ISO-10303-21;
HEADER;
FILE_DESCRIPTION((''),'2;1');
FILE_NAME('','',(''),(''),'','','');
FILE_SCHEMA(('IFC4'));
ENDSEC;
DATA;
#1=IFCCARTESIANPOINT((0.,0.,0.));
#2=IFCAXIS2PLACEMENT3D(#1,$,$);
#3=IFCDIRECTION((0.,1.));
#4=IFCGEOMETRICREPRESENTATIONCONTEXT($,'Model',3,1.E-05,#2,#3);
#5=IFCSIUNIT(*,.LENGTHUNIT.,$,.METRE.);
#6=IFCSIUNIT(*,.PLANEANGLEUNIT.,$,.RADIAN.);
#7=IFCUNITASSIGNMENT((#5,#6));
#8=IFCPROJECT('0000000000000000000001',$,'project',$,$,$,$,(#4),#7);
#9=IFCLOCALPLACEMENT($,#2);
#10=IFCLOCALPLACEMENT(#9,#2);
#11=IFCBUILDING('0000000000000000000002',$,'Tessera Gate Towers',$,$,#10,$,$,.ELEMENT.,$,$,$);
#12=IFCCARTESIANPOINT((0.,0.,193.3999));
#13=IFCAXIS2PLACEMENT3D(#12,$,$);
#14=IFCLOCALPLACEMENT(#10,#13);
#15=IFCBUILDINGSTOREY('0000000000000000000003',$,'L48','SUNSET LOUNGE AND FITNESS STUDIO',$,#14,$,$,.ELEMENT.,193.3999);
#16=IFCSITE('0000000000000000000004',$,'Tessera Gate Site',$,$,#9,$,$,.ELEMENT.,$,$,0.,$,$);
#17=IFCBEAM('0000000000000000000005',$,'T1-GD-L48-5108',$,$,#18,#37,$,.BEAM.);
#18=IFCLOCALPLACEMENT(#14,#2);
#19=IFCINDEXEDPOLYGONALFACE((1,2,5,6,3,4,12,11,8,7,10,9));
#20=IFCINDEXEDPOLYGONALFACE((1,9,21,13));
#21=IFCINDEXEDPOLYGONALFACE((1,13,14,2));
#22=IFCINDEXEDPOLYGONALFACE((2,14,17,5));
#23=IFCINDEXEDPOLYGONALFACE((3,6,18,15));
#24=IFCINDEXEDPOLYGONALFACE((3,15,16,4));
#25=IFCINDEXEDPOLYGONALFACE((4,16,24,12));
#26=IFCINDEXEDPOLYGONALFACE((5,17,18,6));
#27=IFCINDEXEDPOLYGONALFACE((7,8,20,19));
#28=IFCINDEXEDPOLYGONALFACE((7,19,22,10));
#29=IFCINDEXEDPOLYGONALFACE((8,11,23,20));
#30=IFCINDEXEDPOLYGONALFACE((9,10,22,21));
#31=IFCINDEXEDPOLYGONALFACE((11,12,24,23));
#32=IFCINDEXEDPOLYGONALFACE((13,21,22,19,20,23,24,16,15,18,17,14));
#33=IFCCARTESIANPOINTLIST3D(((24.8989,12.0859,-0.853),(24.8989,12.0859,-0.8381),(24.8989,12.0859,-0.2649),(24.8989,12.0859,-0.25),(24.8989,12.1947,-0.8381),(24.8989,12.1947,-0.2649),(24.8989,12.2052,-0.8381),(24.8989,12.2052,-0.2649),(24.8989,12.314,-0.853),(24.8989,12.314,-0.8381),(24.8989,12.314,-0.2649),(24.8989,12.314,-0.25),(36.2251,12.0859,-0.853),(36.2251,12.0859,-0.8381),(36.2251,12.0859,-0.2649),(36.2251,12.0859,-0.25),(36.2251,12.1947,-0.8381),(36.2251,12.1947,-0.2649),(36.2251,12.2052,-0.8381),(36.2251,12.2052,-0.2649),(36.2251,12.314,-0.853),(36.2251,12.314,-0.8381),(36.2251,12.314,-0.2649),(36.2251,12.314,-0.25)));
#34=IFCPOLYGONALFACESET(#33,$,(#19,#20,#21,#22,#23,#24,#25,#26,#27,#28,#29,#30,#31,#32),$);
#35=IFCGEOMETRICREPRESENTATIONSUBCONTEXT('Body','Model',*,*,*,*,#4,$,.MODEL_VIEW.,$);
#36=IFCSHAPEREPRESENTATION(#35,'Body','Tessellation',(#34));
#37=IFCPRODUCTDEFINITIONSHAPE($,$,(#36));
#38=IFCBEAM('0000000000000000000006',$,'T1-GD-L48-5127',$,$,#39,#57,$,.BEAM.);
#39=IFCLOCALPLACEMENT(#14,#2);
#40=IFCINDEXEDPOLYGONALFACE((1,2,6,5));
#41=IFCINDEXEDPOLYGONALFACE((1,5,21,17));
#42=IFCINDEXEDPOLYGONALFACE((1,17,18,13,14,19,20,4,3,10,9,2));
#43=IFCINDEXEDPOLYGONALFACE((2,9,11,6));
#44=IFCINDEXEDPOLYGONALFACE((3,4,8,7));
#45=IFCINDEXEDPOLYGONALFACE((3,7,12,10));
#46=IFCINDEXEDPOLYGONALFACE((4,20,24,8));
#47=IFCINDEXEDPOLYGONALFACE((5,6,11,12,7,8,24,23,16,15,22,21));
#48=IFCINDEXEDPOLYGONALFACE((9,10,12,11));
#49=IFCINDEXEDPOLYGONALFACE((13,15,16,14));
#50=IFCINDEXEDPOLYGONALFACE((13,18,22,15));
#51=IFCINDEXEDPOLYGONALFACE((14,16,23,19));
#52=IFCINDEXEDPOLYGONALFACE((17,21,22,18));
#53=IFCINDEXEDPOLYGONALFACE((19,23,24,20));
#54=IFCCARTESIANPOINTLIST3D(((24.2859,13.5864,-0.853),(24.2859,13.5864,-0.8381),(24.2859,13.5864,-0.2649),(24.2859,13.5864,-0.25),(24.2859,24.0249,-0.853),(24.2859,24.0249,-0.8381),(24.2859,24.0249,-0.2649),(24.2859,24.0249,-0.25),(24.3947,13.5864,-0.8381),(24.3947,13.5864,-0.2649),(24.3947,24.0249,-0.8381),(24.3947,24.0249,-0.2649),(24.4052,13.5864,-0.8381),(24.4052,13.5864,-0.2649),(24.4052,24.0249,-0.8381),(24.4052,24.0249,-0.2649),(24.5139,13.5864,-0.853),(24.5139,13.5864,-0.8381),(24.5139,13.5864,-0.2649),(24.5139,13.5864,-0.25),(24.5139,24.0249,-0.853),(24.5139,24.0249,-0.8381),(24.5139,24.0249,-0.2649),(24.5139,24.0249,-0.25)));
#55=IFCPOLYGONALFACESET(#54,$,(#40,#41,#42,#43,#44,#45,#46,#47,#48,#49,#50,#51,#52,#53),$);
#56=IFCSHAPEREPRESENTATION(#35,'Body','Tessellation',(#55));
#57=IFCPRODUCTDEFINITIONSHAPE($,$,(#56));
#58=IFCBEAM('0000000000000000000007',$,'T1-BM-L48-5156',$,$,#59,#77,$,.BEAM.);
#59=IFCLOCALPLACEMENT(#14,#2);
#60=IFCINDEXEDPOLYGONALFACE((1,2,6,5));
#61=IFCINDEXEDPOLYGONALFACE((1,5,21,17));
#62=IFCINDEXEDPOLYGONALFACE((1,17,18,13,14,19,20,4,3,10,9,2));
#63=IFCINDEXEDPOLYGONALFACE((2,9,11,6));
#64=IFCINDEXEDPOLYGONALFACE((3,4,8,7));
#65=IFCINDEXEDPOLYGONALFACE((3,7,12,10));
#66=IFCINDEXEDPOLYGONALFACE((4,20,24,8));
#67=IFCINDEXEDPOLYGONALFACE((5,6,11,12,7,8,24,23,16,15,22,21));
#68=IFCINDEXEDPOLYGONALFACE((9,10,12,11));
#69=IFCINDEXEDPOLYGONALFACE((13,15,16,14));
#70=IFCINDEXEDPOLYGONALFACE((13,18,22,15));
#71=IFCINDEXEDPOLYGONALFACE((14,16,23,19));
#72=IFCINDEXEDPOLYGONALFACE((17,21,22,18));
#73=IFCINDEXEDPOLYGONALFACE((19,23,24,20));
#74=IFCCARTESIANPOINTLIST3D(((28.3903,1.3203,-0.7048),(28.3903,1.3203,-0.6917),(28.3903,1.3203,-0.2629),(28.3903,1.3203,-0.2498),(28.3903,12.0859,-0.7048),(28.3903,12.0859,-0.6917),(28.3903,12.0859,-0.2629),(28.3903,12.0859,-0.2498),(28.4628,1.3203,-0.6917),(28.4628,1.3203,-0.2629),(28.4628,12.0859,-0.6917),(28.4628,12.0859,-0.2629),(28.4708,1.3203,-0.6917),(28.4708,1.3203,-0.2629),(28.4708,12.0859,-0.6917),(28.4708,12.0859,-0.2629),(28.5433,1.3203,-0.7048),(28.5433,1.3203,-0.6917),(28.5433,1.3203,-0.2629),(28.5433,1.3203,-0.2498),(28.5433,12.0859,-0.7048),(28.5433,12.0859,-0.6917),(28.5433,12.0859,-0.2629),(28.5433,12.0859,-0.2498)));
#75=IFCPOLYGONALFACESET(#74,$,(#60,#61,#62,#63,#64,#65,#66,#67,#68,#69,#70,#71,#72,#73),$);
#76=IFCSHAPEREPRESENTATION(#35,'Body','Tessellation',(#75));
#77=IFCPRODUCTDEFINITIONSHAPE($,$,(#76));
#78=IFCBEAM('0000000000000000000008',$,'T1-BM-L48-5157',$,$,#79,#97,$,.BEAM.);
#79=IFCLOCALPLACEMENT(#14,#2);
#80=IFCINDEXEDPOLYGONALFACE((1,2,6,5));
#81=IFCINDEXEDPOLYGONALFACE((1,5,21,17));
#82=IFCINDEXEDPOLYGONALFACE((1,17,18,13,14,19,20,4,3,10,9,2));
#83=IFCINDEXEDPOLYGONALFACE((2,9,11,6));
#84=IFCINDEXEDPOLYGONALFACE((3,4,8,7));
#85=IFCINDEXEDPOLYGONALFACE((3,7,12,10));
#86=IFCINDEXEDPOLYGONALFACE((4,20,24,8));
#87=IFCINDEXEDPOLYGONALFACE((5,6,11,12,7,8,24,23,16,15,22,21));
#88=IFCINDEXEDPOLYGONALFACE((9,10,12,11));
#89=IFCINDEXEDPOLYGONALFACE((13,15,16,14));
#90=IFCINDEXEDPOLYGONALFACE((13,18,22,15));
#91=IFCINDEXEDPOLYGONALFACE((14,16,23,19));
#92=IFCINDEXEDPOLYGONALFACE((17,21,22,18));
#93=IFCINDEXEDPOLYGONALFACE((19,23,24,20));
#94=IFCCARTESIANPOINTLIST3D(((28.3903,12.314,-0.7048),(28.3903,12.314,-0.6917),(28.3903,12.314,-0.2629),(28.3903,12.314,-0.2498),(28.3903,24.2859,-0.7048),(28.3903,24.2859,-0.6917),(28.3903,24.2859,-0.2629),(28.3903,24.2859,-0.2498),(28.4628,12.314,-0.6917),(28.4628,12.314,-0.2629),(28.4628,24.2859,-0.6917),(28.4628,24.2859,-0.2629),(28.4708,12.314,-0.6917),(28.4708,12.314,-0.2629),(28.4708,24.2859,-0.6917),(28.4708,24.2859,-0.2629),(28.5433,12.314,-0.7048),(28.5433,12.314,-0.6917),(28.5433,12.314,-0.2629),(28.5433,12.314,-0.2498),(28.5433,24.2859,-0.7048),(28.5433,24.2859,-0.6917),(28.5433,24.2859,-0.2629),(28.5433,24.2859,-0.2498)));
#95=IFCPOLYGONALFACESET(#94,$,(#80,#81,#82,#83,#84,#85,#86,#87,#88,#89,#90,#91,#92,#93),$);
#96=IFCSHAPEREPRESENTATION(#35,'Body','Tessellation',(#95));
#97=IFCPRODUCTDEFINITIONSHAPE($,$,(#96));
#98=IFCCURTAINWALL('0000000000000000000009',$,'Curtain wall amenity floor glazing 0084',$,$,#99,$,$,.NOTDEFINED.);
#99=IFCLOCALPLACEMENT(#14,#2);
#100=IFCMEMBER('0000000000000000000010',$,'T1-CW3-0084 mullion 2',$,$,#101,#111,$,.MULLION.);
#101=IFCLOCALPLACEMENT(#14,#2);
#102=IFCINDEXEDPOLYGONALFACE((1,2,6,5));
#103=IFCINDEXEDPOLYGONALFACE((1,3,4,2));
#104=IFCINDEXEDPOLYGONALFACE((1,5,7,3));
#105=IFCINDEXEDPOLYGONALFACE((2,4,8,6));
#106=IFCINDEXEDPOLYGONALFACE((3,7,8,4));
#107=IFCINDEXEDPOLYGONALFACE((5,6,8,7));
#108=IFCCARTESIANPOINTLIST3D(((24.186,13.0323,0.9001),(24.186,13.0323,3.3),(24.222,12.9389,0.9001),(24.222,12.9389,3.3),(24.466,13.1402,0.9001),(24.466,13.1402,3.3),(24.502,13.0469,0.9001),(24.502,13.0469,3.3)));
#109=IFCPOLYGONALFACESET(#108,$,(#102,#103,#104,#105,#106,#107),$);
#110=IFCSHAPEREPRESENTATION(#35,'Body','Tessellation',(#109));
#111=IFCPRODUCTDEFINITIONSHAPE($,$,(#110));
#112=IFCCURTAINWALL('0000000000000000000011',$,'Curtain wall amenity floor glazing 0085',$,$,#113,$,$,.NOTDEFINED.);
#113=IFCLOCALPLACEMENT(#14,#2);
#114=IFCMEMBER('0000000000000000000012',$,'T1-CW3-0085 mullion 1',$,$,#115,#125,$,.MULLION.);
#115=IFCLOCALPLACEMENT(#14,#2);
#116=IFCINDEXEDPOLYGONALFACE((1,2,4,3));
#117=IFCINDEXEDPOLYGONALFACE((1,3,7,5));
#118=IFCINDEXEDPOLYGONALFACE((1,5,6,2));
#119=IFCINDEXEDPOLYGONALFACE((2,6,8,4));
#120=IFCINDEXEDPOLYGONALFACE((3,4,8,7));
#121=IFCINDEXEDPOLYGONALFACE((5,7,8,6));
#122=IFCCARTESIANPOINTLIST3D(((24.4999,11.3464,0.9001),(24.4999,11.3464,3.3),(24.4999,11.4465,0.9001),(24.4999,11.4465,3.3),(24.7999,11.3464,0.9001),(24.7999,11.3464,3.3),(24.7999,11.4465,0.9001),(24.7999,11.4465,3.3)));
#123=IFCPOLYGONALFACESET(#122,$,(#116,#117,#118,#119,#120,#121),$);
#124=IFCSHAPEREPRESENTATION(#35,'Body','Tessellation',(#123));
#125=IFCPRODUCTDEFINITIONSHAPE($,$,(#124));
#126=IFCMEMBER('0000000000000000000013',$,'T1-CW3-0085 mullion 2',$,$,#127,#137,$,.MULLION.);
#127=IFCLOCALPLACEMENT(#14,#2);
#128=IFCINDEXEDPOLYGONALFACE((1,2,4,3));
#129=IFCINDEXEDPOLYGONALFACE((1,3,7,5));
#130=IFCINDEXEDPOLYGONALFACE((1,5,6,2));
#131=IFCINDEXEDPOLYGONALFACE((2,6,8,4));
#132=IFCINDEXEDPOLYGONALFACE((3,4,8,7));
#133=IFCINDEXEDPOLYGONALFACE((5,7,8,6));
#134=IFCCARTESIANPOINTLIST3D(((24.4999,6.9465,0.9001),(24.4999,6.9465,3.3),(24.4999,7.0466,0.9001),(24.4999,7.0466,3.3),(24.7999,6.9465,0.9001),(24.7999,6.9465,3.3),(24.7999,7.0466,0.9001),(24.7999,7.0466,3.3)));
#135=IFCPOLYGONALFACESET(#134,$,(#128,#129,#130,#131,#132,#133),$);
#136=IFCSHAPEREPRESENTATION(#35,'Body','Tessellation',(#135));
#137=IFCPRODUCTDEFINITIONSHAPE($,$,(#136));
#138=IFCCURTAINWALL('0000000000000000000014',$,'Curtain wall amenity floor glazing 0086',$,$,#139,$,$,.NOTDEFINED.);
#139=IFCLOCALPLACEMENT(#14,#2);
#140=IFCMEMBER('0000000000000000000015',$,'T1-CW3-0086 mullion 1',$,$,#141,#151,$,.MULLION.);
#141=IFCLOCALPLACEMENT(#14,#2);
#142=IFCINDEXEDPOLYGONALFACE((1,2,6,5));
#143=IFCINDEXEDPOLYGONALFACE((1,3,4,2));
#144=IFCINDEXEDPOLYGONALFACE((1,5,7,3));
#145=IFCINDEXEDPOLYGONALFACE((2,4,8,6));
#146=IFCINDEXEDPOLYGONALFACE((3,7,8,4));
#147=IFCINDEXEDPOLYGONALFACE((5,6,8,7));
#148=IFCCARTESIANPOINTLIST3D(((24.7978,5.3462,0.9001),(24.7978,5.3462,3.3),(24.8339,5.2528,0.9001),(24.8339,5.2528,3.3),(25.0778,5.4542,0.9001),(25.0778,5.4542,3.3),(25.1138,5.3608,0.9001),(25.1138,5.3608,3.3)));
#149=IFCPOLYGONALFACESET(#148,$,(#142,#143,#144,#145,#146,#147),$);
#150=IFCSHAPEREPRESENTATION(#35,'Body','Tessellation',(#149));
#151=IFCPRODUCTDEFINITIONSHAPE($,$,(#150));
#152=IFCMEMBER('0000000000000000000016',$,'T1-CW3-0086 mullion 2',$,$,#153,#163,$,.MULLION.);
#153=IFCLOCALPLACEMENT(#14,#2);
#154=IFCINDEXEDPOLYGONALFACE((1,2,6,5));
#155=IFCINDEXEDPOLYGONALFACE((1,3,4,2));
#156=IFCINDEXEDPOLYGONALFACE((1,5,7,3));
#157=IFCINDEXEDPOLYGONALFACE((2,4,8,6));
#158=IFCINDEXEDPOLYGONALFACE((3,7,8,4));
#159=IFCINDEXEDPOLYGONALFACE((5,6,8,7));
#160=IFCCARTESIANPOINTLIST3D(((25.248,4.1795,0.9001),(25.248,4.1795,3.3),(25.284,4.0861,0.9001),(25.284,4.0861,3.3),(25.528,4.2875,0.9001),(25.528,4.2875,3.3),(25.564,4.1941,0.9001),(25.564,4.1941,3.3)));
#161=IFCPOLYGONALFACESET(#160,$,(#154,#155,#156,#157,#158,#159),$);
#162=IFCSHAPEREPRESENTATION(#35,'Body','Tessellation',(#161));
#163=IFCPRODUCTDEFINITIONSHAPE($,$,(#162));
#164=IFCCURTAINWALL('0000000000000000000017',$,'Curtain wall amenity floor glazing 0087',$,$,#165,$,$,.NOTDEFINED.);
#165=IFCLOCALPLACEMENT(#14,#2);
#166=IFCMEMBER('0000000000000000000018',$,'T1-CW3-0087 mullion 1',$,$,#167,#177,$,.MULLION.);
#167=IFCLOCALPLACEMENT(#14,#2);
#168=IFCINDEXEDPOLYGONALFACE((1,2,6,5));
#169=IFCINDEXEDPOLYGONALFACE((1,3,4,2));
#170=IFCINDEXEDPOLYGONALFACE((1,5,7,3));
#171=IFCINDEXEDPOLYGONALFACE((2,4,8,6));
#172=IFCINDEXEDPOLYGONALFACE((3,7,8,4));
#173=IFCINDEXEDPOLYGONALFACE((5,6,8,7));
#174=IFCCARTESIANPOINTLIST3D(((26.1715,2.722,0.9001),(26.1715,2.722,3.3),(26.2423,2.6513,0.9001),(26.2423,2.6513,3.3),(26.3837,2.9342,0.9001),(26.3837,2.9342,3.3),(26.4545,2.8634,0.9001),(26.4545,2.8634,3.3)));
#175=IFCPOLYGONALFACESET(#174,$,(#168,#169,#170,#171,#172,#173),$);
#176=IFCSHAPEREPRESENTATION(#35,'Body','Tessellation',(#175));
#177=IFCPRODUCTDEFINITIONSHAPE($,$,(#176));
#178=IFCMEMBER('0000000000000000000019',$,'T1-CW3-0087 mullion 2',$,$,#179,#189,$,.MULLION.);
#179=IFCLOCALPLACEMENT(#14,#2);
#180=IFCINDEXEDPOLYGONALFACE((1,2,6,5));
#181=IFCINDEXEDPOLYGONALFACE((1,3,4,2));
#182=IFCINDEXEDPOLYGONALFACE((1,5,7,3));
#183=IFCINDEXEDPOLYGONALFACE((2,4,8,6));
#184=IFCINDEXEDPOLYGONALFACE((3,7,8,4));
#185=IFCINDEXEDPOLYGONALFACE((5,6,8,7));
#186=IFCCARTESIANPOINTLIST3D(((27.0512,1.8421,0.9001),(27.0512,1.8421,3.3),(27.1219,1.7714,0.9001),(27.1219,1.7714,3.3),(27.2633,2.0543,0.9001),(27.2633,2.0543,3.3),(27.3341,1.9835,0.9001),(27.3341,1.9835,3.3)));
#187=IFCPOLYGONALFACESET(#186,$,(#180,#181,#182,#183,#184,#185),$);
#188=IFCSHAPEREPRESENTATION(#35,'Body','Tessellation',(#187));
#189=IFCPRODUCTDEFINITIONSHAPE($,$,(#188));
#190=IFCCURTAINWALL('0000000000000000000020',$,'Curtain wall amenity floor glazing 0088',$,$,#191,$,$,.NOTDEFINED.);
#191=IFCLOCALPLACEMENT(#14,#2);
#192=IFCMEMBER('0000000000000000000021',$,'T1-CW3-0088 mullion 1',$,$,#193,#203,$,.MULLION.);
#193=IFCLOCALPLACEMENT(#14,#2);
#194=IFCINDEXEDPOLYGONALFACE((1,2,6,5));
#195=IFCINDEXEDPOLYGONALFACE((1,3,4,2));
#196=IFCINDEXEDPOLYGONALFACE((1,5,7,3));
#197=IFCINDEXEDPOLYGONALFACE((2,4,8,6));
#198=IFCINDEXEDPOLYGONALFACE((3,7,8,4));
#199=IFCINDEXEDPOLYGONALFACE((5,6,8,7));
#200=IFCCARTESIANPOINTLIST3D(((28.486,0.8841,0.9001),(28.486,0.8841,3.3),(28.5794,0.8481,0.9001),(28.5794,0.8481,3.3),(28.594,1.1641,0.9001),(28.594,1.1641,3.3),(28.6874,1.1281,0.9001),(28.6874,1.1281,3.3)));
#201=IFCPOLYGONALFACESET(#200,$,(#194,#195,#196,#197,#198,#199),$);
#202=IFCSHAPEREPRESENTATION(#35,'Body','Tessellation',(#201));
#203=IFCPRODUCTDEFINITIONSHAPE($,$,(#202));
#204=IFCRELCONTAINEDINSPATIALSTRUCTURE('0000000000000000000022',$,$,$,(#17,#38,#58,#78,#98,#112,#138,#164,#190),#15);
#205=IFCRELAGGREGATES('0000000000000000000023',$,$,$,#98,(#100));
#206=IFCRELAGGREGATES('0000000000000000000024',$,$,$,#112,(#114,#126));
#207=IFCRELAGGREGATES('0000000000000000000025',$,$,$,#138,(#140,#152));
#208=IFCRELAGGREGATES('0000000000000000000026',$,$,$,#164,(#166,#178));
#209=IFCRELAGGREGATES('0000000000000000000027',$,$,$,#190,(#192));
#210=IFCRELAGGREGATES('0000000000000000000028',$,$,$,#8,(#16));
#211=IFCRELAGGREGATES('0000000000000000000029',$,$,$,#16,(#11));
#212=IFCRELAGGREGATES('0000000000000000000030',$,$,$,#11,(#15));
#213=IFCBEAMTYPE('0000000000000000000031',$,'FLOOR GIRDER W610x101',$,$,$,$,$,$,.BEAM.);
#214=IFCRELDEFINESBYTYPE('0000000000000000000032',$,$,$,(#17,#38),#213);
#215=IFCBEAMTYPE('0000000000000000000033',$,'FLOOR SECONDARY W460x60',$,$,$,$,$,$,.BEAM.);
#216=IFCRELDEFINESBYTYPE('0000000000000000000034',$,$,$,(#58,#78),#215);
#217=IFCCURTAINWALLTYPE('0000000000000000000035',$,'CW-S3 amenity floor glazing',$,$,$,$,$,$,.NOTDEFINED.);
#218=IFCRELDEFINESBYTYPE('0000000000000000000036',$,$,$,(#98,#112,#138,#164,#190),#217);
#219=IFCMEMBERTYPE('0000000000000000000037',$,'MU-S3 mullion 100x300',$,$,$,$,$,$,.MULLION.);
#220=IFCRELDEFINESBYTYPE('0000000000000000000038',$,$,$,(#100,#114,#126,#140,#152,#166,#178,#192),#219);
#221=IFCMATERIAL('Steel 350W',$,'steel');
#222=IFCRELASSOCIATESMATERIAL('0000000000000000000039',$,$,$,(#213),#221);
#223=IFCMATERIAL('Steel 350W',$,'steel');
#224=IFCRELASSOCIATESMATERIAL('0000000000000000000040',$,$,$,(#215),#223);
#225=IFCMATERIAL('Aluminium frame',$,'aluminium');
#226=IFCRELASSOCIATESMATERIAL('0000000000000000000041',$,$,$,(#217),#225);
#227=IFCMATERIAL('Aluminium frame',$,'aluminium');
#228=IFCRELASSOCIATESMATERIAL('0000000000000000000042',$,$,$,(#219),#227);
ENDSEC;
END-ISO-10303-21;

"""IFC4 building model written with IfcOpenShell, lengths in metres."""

from ifc_helpers import new_model, si_unit, direction, frame, origin, origin_2d, place, context, subcontext, project, spatial, rectangle, i_section, extrude, material, material_profile, profile_set, type_object, element, aggregate, save


model = new_model("IFC4")

# Units and contexts
model_context = context("Model", 3, precision=1e-05, world=origin(), true_north=direction((0.0, 1.0)))
body_context = subcontext(model_context, "Body", "Model", "MODEL_VIEW")
ifc_project = project(units=[si_unit("LENGTHUNIT", "METRE"), si_unit("PLANEANGLEUNIT", "RADIAN")], contexts=[model_context])

# Site, building, storey
site_placement = place(None, origin())
site = spatial("IfcSite", under=ifc_project, at=site_placement, Name="Tessera Gate Site", CompositionType="ELEMENT", RefElevation=0.0)
building_placement = place(site_placement, origin())
building = spatial("IfcBuilding", under=site, at=building_placement, Name="Tessera Gate Towers", CompositionType="ELEMENT")
storey_placement = place(building_placement, frame((0.0, 0.0, 193.3999)))
storey = spatial("IfcBuildingStorey", under=building, at=storey_placement, Name="L48", Description="SUNSET LOUNGE AND FITNESS STUDIO", CompositionType="ELEMENT", Elevation=193.3999)

# Beams
ifc_material_1 = material(Name="Steel 350W", Category="steel")
ifc_material_profile_1 = material_profile(ifc_material_1, i_section(OverallWidth=0.228, OverallDepth=0.603, WebThickness=0.0105, FlangeThickness=0.0149, at=origin_2d()), Name="W610x101")
ifc_profile_set_1 = profile_set([ifc_material_profile_1], Name="Steel 350W")
beam_type_1 = type_object("IfcBeamType", Name="FLOOR GIRDER W610x101", PredefinedType="BEAM", material=ifc_profile_set_1)
beam_1_placement = place(storey_placement, frame((24.8989, 12.2, -0.5515), z_axis=(1.0, 0.0, 0.0), x_axis=(0.0, 1.0, 0.0)))
element("IfcBeam", 1, at=beam_1_placement, inside=storey, type_object=beam_type_1, Name="T1-GD-L48-5108", PredefinedType="BEAM", context=body_context, shape_type="SweptSolid", body=[
    extrude(i_section(OverallWidth=0.228, OverallDepth=0.603, WebThickness=0.0105, FlangeThickness=0.0149, at=origin_2d()), origin(), (0.0, 0.0, 1.0), 11.3262),
])
beam_2_placement = place(storey_placement, frame((24.3999, 13.5864, -0.5515), z_axis=(0.0, 1.0, 0.0), x_axis=(-1.0, 0.0, 0.0)))
element("IfcBeam", 2, at=beam_2_placement, inside=storey, type_object=beam_type_1, Name="T1-GD-L48-5127", PredefinedType="BEAM", context=body_context, shape_type="SweptSolid", body=[
    extrude(i_section(OverallWidth=0.228, OverallDepth=0.603, WebThickness=0.0105, FlangeThickness=0.0149, at=origin_2d()), origin(), (0.0, 0.0, 1.0), 10.4385),
])
ifc_material_2 = material(Name="Steel 350W", Category="steel")
ifc_material_profile_2 = material_profile(ifc_material_2, i_section(OverallWidth=0.1531, OverallDepth=0.4551, WebThickness=0.0081, FlangeThickness=0.0132, at=origin_2d()), Name="W460x60")
ifc_profile_set_2 = profile_set([ifc_material_profile_2], Name="Steel 350W")
beam_type_2 = type_object("IfcBeamType", Name="FLOOR SECONDARY W460x60", PredefinedType="BEAM", material=ifc_profile_set_2)
beam_3_placement = place(storey_placement, frame((28.4668, 1.3203, -0.4773), z_axis=(0.0, 1.0, 0.0), x_axis=(-1.0, 0.0, 0.0)))
element("IfcBeam", 3, at=beam_3_placement, inside=storey, type_object=beam_type_2, Name="T1-BM-L48-5156", PredefinedType="BEAM", context=body_context, shape_type="SweptSolid", body=[
    extrude(i_section(OverallWidth=0.1531, OverallDepth=0.4551, WebThickness=0.0081, FlangeThickness=0.0132, at=origin_2d()), origin(), (0.0, 0.0, 1.0), 10.7656),
])
beam_4_placement = place(storey_placement, frame((28.4668, 12.314, -0.4773), z_axis=(0.0, 1.0, 0.0), x_axis=(-1.0, 0.0, 0.0)))
element("IfcBeam", 4, at=beam_4_placement, inside=storey, type_object=beam_type_2, Name="T1-BM-L48-5157", PredefinedType="BEAM", context=body_context, shape_type="SweptSolid", body=[
    extrude(i_section(OverallWidth=0.1531, OverallDepth=0.4551, WebThickness=0.0081, FlangeThickness=0.0132, at=origin_2d()), origin(), (0.0, 0.0, 1.0), 11.9719),
])

# Curtain wall, member
ifc_material_3 = material(Name="Aluminium frame", Category="aluminium")
curtain_wall_type = type_object("IfcCurtainWallType", Name="CW-S3 amenity floor glazing", PredefinedType="NOTDEFINED", material=ifc_material_3)
curtain_wall_1_placement = place(storey_placement, origin())
curtain_wall_1 = element("IfcCurtainWall", 5, at=curtain_wall_1_placement, inside=storey, type_object=curtain_wall_type, Name="Curtain wall amenity floor glazing 0084", PredefinedType="NOTDEFINED")
ifc_material_4 = material(Name="Aluminium frame", Category="aluminium")
ifc_material_profile_3 = material_profile(ifc_material_4, rectangle(XDim=0.1001, YDim=0.3, at=origin_2d()), Name="AL 100x300")
ifc_profile_set_3 = profile_set([ifc_material_profile_3], Name="Aluminium frame")
member_type_1 = type_object("IfcMemberType", Name="MU-S3 mullion 100x300", PredefinedType="MULLION", material=ifc_profile_set_3)
member_1_placement = place(storey_placement, frame((24.344, 13.0396, 0.9001), z_axis=(0.0, 0.0, 1.0), x_axis=(0.359904, -0.932989, 0.0)))
member_1 = element("IfcMember", 6, at=member_1_placement, type_object=member_type_1, Name="T1-CW3-0084 mullion 2", PredefinedType="MULLION", context=body_context, shape_type="SweptSolid", body=[
    extrude(rectangle(XDim=0.1001, YDim=0.3, at=origin_2d()), origin(), (0.0, 0.0, 1.0), 2.3999),
])

# Curtain walls, members
curtain_wall_2_placement = place(storey_placement, origin())
curtain_wall_2 = element("IfcCurtainWall", 7, at=curtain_wall_2_placement, inside=storey, type_object=curtain_wall_type, Name="Curtain wall amenity floor glazing 0085", PredefinedType="NOTDEFINED")
member_2_placement = place(storey_placement, frame((24.6499, 11.3965, 0.9001), z_axis=(0.0, 0.0, 1.0), x_axis=(0.0, -1.0, 0.0)))
member_2 = element("IfcMember", 8, at=member_2_placement, type_object=member_type_1, Name="T1-CW3-0085 mullion 1", PredefinedType="MULLION", context=body_context, shape_type="SweptSolid", body=[
    extrude(rectangle(XDim=0.1001, YDim=0.3, at=origin_2d()), origin(), (0.0, 0.0, 1.0), 2.3999),
])
member_3_placement = place(storey_placement, frame((24.6499, 6.9966, 0.9001), z_axis=(0.0, 0.0, 1.0), x_axis=(0.0, -1.0, 0.0)))
member_3 = element("IfcMember", 9, at=member_3_placement, type_object=member_type_1, Name="T1-CW3-0085 mullion 2", PredefinedType="MULLION", context=body_context, shape_type="SweptSolid", body=[
    extrude(rectangle(XDim=0.1001, YDim=0.3, at=origin_2d()), origin(), (0.0, 0.0, 1.0), 2.3999),
])
curtain_wall_3_placement = place(storey_placement, origin())
curtain_wall_3 = element("IfcCurtainWall", 10, at=curtain_wall_3_placement, inside=storey, type_object=curtain_wall_type, Name="Curtain wall amenity floor glazing 0086", PredefinedType="NOTDEFINED")
member_4_placement = place(storey_placement, frame((24.9558, 5.3535, 0.9001), z_axis=(0.0, 0.0, 1.0), x_axis=(0.359904, -0.932989, 0.0)))
member_4 = element("IfcMember", 11, at=member_4_placement, type_object=member_type_1, Name="T1-CW3-0086 mullion 1", PredefinedType="MULLION", context=body_context, shape_type="SweptSolid", body=[
    extrude(rectangle(XDim=0.1001, YDim=0.3, at=origin_2d()), origin(), (0.0, 0.0, 1.0), 2.3999),
])
member_5_placement = place(storey_placement, frame((25.406, 4.1868, 0.9001), z_axis=(0.0, 0.0, 1.0), x_axis=(0.359904, -0.932989, 0.0)))
member_5 = element("IfcMember", 12, at=member_5_placement, type_object=member_type_1, Name="T1-CW3-0086 mullion 2", PredefinedType="MULLION", context=body_context, shape_type="SweptSolid", body=[
    extrude(rectangle(XDim=0.1001, YDim=0.3, at=origin_2d()), origin(), (0.0, 0.0, 1.0), 2.3999),
])
curtain_wall_4_placement = place(storey_placement, origin())
curtain_wall_4 = element("IfcCurtainWall", 13, at=curtain_wall_4_placement, inside=storey, type_object=curtain_wall_type, Name="Curtain wall amenity floor glazing 0087", PredefinedType="NOTDEFINED")
member_6_placement = place(storey_placement, frame((26.313, 2.7927, 0.9001), z_axis=(0.0, 0.0, 1.0), x_axis=(0.707107, -0.707107, 0.0)))
member_6 = element("IfcMember", 14, at=member_6_placement, type_object=member_type_1, Name="T1-CW3-0087 mullion 1", PredefinedType="MULLION", context=body_context, shape_type="SweptSolid", body=[
    extrude(rectangle(XDim=0.1001, YDim=0.3, at=origin_2d()), origin(), (0.0, 0.0, 1.0), 2.3999),
])
member_7_placement = place(storey_placement, frame((27.1926, 1.9128, 0.9001), z_axis=(0.0, 0.0, 1.0), x_axis=(0.707107, -0.707107, 0.0)))
member_7 = element("IfcMember", 15, at=member_7_placement, type_object=member_type_1, Name="T1-CW3-0087 mullion 2", PredefinedType="MULLION", context=body_context, shape_type="SweptSolid", body=[
    extrude(rectangle(XDim=0.1001, YDim=0.3, at=origin_2d()), origin(), (0.0, 0.0, 1.0), 2.3999),
])
curtain_wall_5_placement = place(storey_placement, origin())
curtain_wall_5 = element("IfcCurtainWall", 16, at=curtain_wall_5_placement, inside=storey, type_object=curtain_wall_type, Name="Curtain wall amenity floor glazing 0088", PredefinedType="NOTDEFINED")
member_8_placement = place(storey_placement, frame((28.5867, 1.0061, 0.9001), z_axis=(0.0, 0.0, 1.0), x_axis=(0.932989, -0.359904, 0.0)))
member_8 = element("IfcMember", 17, at=member_8_placement, type_object=member_type_1, Name="T1-CW3-0088 mullion 1", PredefinedType="MULLION", context=body_context, shape_type="SweptSolid", body=[
    extrude(rectangle(XDim=0.1001, YDim=0.3, at=origin_2d()), origin(), (0.0, 0.0, 1.0), 2.3999),
])

aggregate(curtain_wall_1, [member_1])
aggregate(curtain_wall_2, [member_2, member_3])
aggregate(curtain_wall_3, [member_4, member_5])
aggregate(curtain_wall_4, [member_6, member_7])
aggregate(curtain_wall_5, [member_8])

save(model, "model.ifc")
